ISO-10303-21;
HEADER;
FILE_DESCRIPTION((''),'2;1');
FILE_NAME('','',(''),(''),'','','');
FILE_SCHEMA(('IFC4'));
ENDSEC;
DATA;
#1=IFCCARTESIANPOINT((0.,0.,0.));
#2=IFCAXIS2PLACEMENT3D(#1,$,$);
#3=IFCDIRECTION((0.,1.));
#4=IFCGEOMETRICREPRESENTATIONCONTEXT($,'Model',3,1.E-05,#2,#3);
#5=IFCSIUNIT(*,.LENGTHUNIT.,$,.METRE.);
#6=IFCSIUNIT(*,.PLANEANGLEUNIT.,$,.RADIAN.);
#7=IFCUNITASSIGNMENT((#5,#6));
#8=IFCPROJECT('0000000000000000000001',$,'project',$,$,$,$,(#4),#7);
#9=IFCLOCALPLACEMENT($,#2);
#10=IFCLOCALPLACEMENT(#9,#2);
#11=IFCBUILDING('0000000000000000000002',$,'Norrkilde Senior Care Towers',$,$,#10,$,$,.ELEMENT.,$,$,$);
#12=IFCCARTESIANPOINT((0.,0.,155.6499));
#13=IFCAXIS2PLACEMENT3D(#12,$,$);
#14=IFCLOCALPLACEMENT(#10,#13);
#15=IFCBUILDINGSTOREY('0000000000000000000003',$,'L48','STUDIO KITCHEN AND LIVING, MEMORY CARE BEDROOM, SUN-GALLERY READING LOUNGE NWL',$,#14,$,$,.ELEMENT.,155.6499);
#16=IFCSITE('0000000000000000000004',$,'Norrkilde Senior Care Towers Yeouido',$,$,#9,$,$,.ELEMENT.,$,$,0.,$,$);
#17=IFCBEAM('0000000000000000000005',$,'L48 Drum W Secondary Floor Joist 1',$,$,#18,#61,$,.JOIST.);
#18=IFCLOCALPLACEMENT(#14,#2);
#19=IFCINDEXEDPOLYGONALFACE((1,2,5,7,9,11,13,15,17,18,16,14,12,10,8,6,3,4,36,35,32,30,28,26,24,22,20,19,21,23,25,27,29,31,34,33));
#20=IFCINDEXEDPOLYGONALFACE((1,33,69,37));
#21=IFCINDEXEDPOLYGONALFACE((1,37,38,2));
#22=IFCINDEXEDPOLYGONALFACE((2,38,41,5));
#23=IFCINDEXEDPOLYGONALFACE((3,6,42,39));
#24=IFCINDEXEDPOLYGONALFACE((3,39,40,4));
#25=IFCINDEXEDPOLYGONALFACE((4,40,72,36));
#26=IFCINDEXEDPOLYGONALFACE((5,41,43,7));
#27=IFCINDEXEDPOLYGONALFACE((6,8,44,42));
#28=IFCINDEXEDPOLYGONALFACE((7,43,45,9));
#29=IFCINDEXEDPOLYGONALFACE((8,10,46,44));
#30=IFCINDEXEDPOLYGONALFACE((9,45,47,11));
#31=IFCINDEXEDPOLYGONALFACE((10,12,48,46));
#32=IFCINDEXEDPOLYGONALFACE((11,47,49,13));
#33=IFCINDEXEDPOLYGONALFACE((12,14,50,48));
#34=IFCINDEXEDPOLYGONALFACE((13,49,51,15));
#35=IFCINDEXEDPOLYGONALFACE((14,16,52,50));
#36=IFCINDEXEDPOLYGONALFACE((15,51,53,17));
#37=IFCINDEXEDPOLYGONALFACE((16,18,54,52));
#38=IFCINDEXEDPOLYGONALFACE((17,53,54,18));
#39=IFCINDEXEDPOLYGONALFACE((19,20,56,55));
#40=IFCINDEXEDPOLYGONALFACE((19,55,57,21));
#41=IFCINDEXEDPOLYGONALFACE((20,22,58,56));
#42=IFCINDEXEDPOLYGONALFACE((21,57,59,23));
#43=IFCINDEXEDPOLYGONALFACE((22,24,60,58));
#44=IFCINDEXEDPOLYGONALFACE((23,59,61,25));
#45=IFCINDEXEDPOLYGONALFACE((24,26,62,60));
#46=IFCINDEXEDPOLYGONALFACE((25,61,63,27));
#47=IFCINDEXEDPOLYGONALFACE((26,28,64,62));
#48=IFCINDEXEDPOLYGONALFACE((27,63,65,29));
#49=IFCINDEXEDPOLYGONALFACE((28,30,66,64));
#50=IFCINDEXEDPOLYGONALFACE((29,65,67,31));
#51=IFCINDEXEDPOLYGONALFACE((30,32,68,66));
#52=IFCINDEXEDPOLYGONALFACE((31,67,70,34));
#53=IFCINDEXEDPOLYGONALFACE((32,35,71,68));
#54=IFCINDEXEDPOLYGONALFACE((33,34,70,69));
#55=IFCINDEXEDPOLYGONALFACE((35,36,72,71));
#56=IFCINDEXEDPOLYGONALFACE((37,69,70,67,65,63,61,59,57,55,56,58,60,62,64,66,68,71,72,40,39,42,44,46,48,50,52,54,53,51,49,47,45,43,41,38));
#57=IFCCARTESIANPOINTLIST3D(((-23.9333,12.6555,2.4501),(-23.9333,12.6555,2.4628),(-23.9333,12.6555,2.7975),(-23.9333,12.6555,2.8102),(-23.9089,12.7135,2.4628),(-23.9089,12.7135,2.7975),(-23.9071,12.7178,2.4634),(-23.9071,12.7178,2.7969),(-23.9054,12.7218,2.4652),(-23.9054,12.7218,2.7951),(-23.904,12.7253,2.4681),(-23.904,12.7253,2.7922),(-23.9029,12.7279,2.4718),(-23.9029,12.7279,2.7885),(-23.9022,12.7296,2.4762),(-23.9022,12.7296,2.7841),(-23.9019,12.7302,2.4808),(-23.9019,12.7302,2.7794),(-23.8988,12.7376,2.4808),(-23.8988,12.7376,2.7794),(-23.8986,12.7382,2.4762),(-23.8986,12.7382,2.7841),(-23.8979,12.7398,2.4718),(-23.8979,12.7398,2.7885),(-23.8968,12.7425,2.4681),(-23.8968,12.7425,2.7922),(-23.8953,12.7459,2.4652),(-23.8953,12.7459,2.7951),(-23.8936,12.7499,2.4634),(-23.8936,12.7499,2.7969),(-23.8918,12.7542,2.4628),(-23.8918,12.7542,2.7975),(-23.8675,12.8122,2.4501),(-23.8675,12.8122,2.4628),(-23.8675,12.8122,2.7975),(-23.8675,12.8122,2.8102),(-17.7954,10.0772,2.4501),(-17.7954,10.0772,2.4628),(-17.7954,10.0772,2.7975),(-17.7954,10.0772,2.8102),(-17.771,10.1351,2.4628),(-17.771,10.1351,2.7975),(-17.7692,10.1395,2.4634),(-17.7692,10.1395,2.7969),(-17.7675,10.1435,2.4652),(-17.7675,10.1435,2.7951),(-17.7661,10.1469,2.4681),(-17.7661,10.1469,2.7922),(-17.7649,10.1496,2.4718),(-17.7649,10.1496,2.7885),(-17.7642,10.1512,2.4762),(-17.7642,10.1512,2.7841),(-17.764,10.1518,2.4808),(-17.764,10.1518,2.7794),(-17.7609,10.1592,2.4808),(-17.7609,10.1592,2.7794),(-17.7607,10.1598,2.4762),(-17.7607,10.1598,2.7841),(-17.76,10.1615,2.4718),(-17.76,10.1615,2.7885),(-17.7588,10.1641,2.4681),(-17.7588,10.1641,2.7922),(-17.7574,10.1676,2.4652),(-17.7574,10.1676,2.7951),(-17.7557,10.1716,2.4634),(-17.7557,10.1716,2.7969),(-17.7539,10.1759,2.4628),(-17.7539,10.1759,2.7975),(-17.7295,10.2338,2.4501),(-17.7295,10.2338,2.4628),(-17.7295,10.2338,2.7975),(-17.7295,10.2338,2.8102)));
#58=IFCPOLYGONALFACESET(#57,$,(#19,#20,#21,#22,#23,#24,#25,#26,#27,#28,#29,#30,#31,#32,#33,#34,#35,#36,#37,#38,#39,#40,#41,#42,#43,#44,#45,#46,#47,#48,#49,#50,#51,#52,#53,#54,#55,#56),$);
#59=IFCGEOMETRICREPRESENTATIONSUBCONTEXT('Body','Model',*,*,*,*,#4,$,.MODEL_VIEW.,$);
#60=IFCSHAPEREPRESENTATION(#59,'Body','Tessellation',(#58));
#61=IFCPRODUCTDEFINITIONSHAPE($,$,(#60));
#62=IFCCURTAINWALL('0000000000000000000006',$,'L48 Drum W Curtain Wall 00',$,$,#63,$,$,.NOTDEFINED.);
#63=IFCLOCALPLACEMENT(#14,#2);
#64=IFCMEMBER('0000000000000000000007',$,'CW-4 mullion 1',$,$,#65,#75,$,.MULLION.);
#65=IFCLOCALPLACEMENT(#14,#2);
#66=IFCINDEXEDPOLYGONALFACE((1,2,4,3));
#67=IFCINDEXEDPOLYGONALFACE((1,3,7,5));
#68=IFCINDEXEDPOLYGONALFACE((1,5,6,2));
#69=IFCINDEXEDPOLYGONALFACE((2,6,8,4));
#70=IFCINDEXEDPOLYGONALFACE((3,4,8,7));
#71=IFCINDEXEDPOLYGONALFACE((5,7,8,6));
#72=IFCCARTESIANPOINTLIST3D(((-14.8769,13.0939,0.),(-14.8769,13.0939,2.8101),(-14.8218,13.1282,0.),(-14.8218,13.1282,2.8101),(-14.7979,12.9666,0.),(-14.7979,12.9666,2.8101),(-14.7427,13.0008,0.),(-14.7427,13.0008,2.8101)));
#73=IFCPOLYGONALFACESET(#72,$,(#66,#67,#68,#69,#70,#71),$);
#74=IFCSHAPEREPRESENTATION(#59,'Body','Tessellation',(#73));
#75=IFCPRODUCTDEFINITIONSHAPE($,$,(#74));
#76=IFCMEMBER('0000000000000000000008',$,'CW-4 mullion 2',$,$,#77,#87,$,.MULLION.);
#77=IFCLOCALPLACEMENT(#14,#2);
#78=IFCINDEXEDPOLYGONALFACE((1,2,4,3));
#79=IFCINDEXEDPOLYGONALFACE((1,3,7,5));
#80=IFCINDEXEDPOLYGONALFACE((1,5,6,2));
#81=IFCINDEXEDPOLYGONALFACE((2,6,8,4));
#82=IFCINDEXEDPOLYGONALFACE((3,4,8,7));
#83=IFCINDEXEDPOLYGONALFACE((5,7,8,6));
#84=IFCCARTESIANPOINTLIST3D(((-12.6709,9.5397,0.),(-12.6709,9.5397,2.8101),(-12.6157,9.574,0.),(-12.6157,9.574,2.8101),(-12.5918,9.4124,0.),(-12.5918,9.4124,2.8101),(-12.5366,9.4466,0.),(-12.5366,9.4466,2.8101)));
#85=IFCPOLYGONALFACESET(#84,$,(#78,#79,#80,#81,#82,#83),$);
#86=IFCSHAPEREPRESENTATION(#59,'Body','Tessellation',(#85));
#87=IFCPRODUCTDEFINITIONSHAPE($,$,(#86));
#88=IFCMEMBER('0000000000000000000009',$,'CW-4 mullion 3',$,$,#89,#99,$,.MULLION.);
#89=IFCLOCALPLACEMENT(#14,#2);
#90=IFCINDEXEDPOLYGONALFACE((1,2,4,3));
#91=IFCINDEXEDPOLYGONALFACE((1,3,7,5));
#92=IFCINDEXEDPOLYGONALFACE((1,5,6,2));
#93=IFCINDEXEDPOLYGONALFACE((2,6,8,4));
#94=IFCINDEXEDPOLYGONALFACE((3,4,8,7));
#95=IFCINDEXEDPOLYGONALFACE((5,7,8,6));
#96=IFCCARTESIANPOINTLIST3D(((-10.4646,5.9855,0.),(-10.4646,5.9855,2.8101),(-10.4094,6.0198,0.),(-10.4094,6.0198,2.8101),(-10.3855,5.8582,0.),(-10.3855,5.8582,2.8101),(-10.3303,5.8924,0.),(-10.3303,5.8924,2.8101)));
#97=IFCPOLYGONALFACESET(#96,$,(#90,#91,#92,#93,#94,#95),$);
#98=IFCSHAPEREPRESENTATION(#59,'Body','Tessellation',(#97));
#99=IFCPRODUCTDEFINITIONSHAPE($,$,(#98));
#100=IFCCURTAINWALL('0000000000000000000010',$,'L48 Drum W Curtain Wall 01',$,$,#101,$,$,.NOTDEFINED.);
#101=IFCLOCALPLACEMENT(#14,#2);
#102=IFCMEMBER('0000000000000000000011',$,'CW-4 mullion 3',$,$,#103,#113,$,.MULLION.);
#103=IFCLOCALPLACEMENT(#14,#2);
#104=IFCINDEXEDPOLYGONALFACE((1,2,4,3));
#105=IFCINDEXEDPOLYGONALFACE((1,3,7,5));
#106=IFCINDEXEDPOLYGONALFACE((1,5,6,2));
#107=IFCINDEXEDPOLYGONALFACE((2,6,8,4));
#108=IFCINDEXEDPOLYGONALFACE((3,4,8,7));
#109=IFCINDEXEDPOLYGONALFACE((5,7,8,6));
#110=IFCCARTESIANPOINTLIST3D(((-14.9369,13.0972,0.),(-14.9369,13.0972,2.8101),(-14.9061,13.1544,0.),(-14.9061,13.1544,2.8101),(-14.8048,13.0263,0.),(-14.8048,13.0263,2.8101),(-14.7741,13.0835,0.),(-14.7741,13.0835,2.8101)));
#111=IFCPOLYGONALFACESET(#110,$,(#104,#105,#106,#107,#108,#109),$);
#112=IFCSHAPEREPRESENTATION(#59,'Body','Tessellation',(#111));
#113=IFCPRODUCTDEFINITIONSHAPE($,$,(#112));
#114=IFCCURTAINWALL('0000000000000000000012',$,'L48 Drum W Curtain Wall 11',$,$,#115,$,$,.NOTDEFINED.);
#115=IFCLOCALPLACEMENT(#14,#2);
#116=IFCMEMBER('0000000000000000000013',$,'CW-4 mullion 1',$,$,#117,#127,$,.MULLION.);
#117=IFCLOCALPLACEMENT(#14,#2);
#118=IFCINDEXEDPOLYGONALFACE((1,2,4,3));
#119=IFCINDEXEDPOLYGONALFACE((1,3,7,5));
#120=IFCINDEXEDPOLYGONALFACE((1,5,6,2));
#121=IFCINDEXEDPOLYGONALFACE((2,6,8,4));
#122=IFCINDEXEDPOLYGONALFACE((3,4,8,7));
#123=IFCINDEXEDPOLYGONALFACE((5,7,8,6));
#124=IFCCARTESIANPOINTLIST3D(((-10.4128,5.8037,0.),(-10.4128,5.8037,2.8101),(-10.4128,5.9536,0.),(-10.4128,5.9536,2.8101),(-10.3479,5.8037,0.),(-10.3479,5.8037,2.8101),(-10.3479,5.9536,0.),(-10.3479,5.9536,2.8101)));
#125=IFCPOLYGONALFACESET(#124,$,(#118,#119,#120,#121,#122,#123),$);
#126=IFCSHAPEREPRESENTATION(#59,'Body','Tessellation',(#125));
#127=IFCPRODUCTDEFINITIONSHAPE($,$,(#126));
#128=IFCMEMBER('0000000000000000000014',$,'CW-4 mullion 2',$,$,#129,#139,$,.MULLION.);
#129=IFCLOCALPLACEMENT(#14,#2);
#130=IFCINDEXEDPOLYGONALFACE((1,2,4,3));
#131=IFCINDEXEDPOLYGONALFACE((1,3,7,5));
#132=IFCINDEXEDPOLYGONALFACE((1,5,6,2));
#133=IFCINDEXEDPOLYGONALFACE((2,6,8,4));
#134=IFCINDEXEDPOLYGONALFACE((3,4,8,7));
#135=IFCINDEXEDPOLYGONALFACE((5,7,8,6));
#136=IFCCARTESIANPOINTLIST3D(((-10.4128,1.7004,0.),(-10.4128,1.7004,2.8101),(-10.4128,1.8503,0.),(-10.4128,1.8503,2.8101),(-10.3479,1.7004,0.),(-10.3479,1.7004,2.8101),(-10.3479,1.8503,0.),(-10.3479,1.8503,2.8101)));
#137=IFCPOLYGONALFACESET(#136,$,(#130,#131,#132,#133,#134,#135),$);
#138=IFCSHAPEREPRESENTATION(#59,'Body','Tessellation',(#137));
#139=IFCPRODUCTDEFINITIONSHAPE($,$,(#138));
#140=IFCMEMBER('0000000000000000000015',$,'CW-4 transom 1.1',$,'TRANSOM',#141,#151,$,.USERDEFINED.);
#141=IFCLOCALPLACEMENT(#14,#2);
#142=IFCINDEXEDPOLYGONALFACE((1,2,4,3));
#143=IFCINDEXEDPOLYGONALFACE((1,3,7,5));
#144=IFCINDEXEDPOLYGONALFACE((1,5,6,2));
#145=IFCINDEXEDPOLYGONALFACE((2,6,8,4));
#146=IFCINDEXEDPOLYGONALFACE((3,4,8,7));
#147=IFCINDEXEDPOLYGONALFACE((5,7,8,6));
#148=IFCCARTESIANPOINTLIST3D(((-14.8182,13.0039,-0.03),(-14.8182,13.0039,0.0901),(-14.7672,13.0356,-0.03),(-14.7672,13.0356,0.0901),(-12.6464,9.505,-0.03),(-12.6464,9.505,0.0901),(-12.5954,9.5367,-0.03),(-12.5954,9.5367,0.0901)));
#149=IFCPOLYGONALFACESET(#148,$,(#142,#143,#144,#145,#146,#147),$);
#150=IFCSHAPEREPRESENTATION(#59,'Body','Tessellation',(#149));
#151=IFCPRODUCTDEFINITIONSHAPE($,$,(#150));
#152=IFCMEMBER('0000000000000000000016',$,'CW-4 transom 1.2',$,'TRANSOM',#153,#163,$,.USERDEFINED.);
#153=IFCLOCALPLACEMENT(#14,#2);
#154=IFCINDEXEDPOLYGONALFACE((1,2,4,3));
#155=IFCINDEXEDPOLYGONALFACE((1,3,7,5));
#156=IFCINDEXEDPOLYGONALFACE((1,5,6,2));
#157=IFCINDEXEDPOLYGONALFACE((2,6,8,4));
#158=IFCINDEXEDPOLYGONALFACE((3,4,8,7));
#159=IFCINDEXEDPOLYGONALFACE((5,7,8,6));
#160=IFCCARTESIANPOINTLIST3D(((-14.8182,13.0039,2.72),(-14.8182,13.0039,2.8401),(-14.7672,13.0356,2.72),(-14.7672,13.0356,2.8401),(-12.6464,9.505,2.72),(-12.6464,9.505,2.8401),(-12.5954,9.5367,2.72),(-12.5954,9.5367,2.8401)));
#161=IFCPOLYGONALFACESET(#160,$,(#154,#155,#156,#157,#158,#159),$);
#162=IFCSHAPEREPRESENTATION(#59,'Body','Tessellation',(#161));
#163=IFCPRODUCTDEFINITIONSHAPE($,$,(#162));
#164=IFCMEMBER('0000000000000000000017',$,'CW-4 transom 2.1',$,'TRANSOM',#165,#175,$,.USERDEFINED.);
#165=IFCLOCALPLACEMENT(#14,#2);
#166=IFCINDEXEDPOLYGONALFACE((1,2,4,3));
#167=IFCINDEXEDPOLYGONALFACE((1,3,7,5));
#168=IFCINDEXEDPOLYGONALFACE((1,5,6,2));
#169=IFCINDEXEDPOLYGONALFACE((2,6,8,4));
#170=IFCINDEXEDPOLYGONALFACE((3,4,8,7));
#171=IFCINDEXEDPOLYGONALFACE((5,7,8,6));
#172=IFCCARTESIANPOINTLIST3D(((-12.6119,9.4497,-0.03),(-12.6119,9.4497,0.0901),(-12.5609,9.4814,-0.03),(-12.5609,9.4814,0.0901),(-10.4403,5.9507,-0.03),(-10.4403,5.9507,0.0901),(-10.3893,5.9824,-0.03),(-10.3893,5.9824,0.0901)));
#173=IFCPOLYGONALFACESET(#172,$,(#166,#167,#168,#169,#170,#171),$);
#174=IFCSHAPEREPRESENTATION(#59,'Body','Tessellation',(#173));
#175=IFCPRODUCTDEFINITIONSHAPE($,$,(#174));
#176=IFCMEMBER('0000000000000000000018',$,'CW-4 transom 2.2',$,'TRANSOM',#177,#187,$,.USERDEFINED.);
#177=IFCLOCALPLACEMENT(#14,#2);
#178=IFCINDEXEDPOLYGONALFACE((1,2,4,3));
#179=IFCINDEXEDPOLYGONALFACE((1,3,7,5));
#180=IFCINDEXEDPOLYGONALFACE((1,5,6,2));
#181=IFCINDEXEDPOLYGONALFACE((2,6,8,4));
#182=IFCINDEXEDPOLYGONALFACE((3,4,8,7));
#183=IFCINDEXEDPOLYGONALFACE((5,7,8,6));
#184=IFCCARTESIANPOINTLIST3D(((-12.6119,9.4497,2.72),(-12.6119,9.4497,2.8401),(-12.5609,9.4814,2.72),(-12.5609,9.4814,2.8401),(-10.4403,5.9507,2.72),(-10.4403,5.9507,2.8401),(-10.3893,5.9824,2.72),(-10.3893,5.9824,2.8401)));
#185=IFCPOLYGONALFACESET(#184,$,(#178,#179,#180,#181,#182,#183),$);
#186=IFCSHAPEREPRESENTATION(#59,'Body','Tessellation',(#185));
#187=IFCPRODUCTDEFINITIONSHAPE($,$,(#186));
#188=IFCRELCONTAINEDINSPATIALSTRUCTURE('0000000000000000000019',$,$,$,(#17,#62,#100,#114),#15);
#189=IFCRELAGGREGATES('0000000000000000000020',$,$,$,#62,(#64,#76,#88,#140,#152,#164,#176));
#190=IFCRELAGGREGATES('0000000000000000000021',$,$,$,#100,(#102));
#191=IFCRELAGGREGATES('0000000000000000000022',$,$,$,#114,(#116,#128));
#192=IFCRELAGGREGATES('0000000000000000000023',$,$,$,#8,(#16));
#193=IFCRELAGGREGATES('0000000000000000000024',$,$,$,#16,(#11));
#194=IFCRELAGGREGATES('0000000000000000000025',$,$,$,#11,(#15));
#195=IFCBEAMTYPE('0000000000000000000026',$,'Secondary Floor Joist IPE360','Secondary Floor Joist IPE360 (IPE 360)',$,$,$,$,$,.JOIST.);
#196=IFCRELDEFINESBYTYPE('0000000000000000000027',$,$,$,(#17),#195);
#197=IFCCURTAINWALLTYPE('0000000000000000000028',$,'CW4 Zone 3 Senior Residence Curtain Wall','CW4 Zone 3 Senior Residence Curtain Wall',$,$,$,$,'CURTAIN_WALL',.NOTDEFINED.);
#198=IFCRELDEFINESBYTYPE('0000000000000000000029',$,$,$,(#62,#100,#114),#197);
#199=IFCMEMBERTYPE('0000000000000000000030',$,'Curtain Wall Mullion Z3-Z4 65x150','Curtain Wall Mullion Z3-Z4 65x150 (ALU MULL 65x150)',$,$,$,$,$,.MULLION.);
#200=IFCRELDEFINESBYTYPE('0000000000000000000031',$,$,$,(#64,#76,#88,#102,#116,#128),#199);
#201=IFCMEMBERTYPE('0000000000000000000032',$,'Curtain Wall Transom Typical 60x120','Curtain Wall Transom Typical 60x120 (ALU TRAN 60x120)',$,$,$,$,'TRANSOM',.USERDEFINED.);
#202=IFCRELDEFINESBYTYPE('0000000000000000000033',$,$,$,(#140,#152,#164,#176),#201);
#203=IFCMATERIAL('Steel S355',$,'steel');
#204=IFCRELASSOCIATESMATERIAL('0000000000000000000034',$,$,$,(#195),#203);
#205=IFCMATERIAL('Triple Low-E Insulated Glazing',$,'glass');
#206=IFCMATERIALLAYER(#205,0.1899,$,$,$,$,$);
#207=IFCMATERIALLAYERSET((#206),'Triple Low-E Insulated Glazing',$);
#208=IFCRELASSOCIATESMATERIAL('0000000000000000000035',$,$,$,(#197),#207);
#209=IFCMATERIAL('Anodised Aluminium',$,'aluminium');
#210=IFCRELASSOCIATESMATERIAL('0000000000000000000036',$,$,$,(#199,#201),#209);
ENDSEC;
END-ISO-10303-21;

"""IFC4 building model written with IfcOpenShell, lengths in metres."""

from ifc_helpers import new_model, si_unit, direction, frame, origin, origin_2d, place, context, subcontext, project, spatial, rectangle, i_section, extrude, source, transform, mapped, material, layer, layer_set, material_profile, profile_set, type_object, type_shapes, element, aggregate, save


model = new_model("IFC4")

# Units and contexts
model_context = context("Model", 3, precision=1e-05, world=origin(), true_north=direction((0.0, 1.0)))
body_context = subcontext(model_context, "Body", "Model", "MODEL_VIEW")
ifc_project = project(units=[si_unit("LENGTHUNIT", "METRE"), si_unit("PLANEANGLEUNIT", "RADIAN")], contexts=[model_context])

# Site, building, storey
site_placement = place(None, origin())
site = spatial("IfcSite", under=ifc_project, at=site_placement, Name="Norrkilde Senior Care Towers Yeouido", CompositionType="ELEMENT", RefElevation=0.0)
building_placement = place(site_placement, origin())
building = spatial("IfcBuilding", under=site, at=building_placement, Name="Norrkilde Senior Care Towers", CompositionType="ELEMENT")
storey_placement = place(building_placement, frame((0.0, 0.0, 155.6499)))
storey = spatial("IfcBuildingStorey", under=building, at=storey_placement, Name="L48", Description="STUDIO KITCHEN AND LIVING, MEMORY CARE BEDROOM, SUN-GALLERY READING LOUNGE NWL", CompositionType="ELEMENT", Elevation=155.6499)

# Beam
ifc_material_1 = material(Name="Steel S355", Category="steel")
ifc_material_profile_1 = material_profile(ifc_material_1, i_section(OverallWidth=0.1699, OverallDepth=0.3601, WebThickness=0.0081, FlangeThickness=0.0127, FilletRadius=0.0181, at=origin_2d()), Name="IPE 360")
ifc_profile_set_1 = profile_set([ifc_material_profile_1], Name="Steel S355")
beam_type_1 = type_object("IfcBeamType", Name="Secondary Floor Joist IPE360", Description="Secondary Floor Joist IPE360 (IPE 360)", PredefinedType="JOIST", material=ifc_profile_set_1)
shared_shape_1 = source(origin(), body_context, "Body", "SweptSolid", [
    extrude(i_section(OverallWidth=0.1699, OverallDepth=0.3601, WebThickness=0.0081, FlangeThickness=0.0127, FilletRadius=0.0181, at=origin_2d()), origin(), (0.0, 0.0, 1.0), 6.6575),
])
type_shapes(beam_type_1, [shared_shape_1])
beam_1_placement = place(storey_placement, frame((-17.7625, 10.1555, 2.6301), z_axis=(-0.921959, 0.387288, 0.0), x_axis=(-0.387288, -0.921959, 0.0)))
element("IfcBeam", 1, at=beam_1_placement, inside=storey, type_object=beam_type_1, Name="L48 Drum W Secondary Floor Joist 1", PredefinedType="JOIST", context=body_context, shape_type="MappedRepresentation", body=[
    mapped(shared_shape_1, transform((0.0, 0.0, 0.0), x_axis=(1.0, 0.0, 0.0), y_axis=(0.0, 1.0, 0.0), z_axis=(0.0, 0.0, 1.0), scale=1.0)),
])

# Curtain wall, members
ifc_material_2 = material(Name="Triple Low-E Insulated Glazing", Category="glass")
ifc_layer_1 = layer(ifc_material_2, 0.1899)
ifc_layer_set_1 = layer_set([ifc_layer_1], Name="Triple Low-E Insulated Glazing")
curtain_wall_type = type_object("IfcCurtainWallType", Name="CW4 Zone 3 Senior Residence Curtain Wall", Description="CW4 Zone 3 Senior Residence Curtain Wall", ElementType="CURTAIN_WALL", PredefinedType="NOTDEFINED", material=ifc_layer_set_1)
curtain_wall_1_placement = place(storey_placement, origin())
curtain_wall_1 = element("IfcCurtainWall", 2, at=curtain_wall_1_placement, inside=storey, type_object=curtain_wall_type, Name="L48 Drum W Curtain Wall 00", PredefinedType="NOTDEFINED")
ifc_material_3 = material(Name="Anodised Aluminium", Category="aluminium")
ifc_material_profile_2 = material_profile(ifc_material_3, rectangle(XDim=0.0649, YDim=0.1499, at=origin_2d()), Name="ALU MULL 65x150")
ifc_profile_set_2 = profile_set([ifc_material_profile_2], Name="Anodised Aluminium")
member_type_1 = type_object("IfcMemberType", Name="Curtain Wall Mullion Z3-Z4 65x150", Description="Curtain Wall Mullion Z3-Z4 65x150 (ALU MULL 65x150)", PredefinedType="MULLION", material=ifc_profile_set_2)
shared_shape_2 = source(origin(), body_context, "Body", "SweptSolid", [
    extrude(rectangle(XDim=0.0649, YDim=0.1499, at=origin_2d()), origin(), (0.0, 0.0, 1.0), 2.8101),
])
type_shapes(member_type_1, [shared_shape_2])
member_1_placement = place(storey_placement, frame((-14.8098, 13.0474, 0.0), z_axis=(0.0, 0.0, 1.0), x_axis=(0.849634, 0.527373, 0.0)))
member_1 = element("IfcMember", 3, at=member_1_placement, type_object=member_type_1, Name="CW-4 mullion 1", PredefinedType="MULLION", context=body_context, shape_type="MappedRepresentation", body=[
    mapped(shared_shape_2, transform((0.0, 0.0, 0.0), x_axis=(1.0, 0.0, 0.0), y_axis=(0.0, 1.0, 0.0), z_axis=(0.0, 0.0, 1.0), scale=1.0)),
])
member_2_placement = place(storey_placement, frame((-12.6038, 9.4932, 0.0), z_axis=(0.0, 0.0, 1.0), x_axis=(0.849634, 0.527373, 0.0)))
member_2 = element("IfcMember", 4, at=member_2_placement, type_object=member_type_1, Name="CW-4 mullion 2", PredefinedType="MULLION", context=body_context, shape_type="MappedRepresentation", body=[
    mapped(shared_shape_2, transform((0.0, 0.0, 0.0), x_axis=(1.0, 0.0, 0.0), y_axis=(0.0, 1.0, 0.0), z_axis=(0.0, 0.0, 1.0), scale=1.0)),
])
member_3_placement = place(storey_placement, frame((-10.3975, 5.939, 0.0), z_axis=(0.0, 0.0, 1.0), x_axis=(0.849634, 0.527373, 0.0)))
member_3 = element("IfcMember", 5, at=member_3_placement, type_object=member_type_1, Name="CW-4 mullion 3", PredefinedType="MULLION", context=body_context, shape_type="MappedRepresentation", body=[
    mapped(shared_shape_2, transform((0.0, 0.0, 0.0), x_axis=(1.0, 0.0, 0.0), y_axis=(0.0, 1.0, 0.0), z_axis=(0.0, 0.0, 1.0), scale=1.0)),
])

# Curtain wall, member
curtain_wall_2_placement = place(storey_placement, origin())
curtain_wall_2 = element("IfcCurtainWall", 6, at=curtain_wall_2_placement, inside=storey, type_object=curtain_wall_type, Name="L48 Drum W Curtain Wall 01", PredefinedType="NOTDEFINED")
member_4_placement = place(storey_placement, frame((-14.8555, 13.0903, 0.0), z_axis=(0.0, 0.0, 1.0), x_axis=(0.473117, 0.881, 0.0)))
member_4 = element("IfcMember", 7, at=member_4_placement, type_object=member_type_1, Name="CW-4 mullion 3", PredefinedType="MULLION", context=body_context, shape_type="MappedRepresentation", body=[
    mapped(shared_shape_2, transform((0.0, 0.0, 0.0), x_axis=(1.0, 0.0, 0.0), y_axis=(0.0, 1.0, 0.0), z_axis=(0.0, 0.0, 1.0), scale=1.0)),
])

# Curtain wall, members
curtain_wall_3_placement = place(storey_placement, origin())
curtain_wall_3 = element("IfcCurtainWall", 8, at=curtain_wall_3_placement, inside=storey, type_object=curtain_wall_type, Name="L48 Drum W Curtain Wall 11", PredefinedType="NOTDEFINED")
member_5_placement = place(storey_placement, frame((-10.3804, 5.8787, 0.0), z_axis=(0.0, 0.0, 1.0), x_axis=(1.0, 0.0, 0.0)))
member_5 = element("IfcMember", 9, at=member_5_placement, type_object=member_type_1, Name="CW-4 mullion 1", PredefinedType="MULLION", context=body_context, shape_type="MappedRepresentation", body=[
    mapped(shared_shape_2, transform((0.0, 0.0, 0.0), x_axis=(1.0, 0.0, 0.0), y_axis=(0.0, 1.0, 0.0), z_axis=(0.0, 0.0, 1.0), scale=1.0)),
])
member_6_placement = place(storey_placement, frame((-10.3804, 1.7754, 0.0), z_axis=(0.0, 0.0, 1.0), x_axis=(1.0, 0.0, 0.0)))
member_6 = element("IfcMember", 10, at=member_6_placement, type_object=member_type_1, Name="CW-4 mullion 2", PredefinedType="MULLION", context=body_context, shape_type="MappedRepresentation", body=[
    mapped(shared_shape_2, transform((0.0, 0.0, 0.0), x_axis=(1.0, 0.0, 0.0), y_axis=(0.0, 1.0, 0.0), z_axis=(0.0, 0.0, 1.0), scale=1.0)),
])

# Members
ifc_material_profile_3 = material_profile(ifc_material_3, rectangle(XDim=0.0601, YDim=0.1201, at=origin_2d()), Name="ALU TRAN 60x120")
ifc_profile_set_3 = profile_set([ifc_material_profile_3], Name="Anodised Aluminium")
member_type_2 = type_object("IfcMemberType", Name="Curtain Wall Transom Typical 60x120", Description="Curtain Wall Transom Typical 60x120 (ALU TRAN 60x120)", ElementType="TRANSOM", PredefinedType="USERDEFINED", material=ifc_profile_set_3)
shared_shape_3 = source(origin(), body_context, "Body", "SweptSolid", [
    extrude(rectangle(XDim=0.0601, YDim=0.1201, at=origin_2d()), origin(), (0.0, 0.0, 1.0), 4.1182),
])
member_7_placement = place(storey_placement, frame((-14.7927, 13.0198, 0.03), z_axis=(0.527375, -0.849633, 0.0), x_axis=(0.849633, 0.527375, 0.0)))
member_7 = element("IfcMember", 11, at=member_7_placement, type_object=member_type_2, Name="CW-4 transom 1.1", ObjectType="TRANSOM", PredefinedType="USERDEFINED", context=body_context, shape_type="MappedRepresentation", body=[
    mapped(shared_shape_3, transform((0.0, 0.0, 0.0), x_axis=(1.0, 0.0, 0.0), y_axis=(0.0, 1.0, 0.0), z_axis=(0.0, 0.0, 1.0), scale=1.0)),
])
member_8_placement = place(storey_placement, frame((-14.7927, 13.0198, 2.78), z_axis=(0.527375, -0.849633, 0.0), x_axis=(0.849633, 0.527375, 0.0)))
member_8 = element("IfcMember", 12, at=member_8_placement, type_object=member_type_2, Name="CW-4 transom 1.2", ObjectType="TRANSOM", PredefinedType="USERDEFINED", context=body_context, shape_type="MappedRepresentation", body=[
    mapped(shared_shape_3, transform((0.0, 0.0, 0.0), x_axis=(1.0, 0.0, 0.0), y_axis=(0.0, 1.0, 0.0), z_axis=(0.0, 0.0, 1.0), scale=1.0)),
])
member_9_placement = place(storey_placement, frame((-12.5864, 9.4656, 0.03), z_axis=(0.527332, -0.849659, 0.0), x_axis=(0.849659, 0.527332, 0.0)))
member_9 = element("IfcMember", 13, at=member_9_placement, type_object=member_type_2, Name="CW-4 transom 2.1", ObjectType="TRANSOM", PredefinedType="USERDEFINED", context=body_context, shape_type="MappedRepresentation", body=[
    mapped(shared_shape_3, transform((0.0, 0.0, 0.0), x_axis=(1.0, 0.0, 0.0), y_axis=(0.0, 1.0, 0.0), z_axis=(0.0, 0.0, 1.0), scale=1.0)),
])
member_10_placement = place(storey_placement, frame((-12.5864, 9.4656, 2.78), z_axis=(0.527332, -0.849659, 0.0), x_axis=(0.849659, 0.527332, 0.0)))
member_10 = element("IfcMember", 14, at=member_10_placement, type_object=member_type_2, Name="CW-4 transom 2.2", ObjectType="TRANSOM", PredefinedType="USERDEFINED", context=body_context, shape_type="MappedRepresentation", body=[
    mapped(shared_shape_3, transform((0.0, 0.0, 0.0), x_axis=(1.0, 0.0, 0.0), y_axis=(0.0, 1.0, 0.0), z_axis=(0.0, 0.0, 1.0), scale=1.0)),
])

aggregate(curtain_wall_1, [member_1, member_2, member_3, member_7, member_8, member_9, member_10])
aggregate(curtain_wall_2, [member_4])
aggregate(curtain_wall_3, [member_5, member_6])

save(model, "model.ifc")
